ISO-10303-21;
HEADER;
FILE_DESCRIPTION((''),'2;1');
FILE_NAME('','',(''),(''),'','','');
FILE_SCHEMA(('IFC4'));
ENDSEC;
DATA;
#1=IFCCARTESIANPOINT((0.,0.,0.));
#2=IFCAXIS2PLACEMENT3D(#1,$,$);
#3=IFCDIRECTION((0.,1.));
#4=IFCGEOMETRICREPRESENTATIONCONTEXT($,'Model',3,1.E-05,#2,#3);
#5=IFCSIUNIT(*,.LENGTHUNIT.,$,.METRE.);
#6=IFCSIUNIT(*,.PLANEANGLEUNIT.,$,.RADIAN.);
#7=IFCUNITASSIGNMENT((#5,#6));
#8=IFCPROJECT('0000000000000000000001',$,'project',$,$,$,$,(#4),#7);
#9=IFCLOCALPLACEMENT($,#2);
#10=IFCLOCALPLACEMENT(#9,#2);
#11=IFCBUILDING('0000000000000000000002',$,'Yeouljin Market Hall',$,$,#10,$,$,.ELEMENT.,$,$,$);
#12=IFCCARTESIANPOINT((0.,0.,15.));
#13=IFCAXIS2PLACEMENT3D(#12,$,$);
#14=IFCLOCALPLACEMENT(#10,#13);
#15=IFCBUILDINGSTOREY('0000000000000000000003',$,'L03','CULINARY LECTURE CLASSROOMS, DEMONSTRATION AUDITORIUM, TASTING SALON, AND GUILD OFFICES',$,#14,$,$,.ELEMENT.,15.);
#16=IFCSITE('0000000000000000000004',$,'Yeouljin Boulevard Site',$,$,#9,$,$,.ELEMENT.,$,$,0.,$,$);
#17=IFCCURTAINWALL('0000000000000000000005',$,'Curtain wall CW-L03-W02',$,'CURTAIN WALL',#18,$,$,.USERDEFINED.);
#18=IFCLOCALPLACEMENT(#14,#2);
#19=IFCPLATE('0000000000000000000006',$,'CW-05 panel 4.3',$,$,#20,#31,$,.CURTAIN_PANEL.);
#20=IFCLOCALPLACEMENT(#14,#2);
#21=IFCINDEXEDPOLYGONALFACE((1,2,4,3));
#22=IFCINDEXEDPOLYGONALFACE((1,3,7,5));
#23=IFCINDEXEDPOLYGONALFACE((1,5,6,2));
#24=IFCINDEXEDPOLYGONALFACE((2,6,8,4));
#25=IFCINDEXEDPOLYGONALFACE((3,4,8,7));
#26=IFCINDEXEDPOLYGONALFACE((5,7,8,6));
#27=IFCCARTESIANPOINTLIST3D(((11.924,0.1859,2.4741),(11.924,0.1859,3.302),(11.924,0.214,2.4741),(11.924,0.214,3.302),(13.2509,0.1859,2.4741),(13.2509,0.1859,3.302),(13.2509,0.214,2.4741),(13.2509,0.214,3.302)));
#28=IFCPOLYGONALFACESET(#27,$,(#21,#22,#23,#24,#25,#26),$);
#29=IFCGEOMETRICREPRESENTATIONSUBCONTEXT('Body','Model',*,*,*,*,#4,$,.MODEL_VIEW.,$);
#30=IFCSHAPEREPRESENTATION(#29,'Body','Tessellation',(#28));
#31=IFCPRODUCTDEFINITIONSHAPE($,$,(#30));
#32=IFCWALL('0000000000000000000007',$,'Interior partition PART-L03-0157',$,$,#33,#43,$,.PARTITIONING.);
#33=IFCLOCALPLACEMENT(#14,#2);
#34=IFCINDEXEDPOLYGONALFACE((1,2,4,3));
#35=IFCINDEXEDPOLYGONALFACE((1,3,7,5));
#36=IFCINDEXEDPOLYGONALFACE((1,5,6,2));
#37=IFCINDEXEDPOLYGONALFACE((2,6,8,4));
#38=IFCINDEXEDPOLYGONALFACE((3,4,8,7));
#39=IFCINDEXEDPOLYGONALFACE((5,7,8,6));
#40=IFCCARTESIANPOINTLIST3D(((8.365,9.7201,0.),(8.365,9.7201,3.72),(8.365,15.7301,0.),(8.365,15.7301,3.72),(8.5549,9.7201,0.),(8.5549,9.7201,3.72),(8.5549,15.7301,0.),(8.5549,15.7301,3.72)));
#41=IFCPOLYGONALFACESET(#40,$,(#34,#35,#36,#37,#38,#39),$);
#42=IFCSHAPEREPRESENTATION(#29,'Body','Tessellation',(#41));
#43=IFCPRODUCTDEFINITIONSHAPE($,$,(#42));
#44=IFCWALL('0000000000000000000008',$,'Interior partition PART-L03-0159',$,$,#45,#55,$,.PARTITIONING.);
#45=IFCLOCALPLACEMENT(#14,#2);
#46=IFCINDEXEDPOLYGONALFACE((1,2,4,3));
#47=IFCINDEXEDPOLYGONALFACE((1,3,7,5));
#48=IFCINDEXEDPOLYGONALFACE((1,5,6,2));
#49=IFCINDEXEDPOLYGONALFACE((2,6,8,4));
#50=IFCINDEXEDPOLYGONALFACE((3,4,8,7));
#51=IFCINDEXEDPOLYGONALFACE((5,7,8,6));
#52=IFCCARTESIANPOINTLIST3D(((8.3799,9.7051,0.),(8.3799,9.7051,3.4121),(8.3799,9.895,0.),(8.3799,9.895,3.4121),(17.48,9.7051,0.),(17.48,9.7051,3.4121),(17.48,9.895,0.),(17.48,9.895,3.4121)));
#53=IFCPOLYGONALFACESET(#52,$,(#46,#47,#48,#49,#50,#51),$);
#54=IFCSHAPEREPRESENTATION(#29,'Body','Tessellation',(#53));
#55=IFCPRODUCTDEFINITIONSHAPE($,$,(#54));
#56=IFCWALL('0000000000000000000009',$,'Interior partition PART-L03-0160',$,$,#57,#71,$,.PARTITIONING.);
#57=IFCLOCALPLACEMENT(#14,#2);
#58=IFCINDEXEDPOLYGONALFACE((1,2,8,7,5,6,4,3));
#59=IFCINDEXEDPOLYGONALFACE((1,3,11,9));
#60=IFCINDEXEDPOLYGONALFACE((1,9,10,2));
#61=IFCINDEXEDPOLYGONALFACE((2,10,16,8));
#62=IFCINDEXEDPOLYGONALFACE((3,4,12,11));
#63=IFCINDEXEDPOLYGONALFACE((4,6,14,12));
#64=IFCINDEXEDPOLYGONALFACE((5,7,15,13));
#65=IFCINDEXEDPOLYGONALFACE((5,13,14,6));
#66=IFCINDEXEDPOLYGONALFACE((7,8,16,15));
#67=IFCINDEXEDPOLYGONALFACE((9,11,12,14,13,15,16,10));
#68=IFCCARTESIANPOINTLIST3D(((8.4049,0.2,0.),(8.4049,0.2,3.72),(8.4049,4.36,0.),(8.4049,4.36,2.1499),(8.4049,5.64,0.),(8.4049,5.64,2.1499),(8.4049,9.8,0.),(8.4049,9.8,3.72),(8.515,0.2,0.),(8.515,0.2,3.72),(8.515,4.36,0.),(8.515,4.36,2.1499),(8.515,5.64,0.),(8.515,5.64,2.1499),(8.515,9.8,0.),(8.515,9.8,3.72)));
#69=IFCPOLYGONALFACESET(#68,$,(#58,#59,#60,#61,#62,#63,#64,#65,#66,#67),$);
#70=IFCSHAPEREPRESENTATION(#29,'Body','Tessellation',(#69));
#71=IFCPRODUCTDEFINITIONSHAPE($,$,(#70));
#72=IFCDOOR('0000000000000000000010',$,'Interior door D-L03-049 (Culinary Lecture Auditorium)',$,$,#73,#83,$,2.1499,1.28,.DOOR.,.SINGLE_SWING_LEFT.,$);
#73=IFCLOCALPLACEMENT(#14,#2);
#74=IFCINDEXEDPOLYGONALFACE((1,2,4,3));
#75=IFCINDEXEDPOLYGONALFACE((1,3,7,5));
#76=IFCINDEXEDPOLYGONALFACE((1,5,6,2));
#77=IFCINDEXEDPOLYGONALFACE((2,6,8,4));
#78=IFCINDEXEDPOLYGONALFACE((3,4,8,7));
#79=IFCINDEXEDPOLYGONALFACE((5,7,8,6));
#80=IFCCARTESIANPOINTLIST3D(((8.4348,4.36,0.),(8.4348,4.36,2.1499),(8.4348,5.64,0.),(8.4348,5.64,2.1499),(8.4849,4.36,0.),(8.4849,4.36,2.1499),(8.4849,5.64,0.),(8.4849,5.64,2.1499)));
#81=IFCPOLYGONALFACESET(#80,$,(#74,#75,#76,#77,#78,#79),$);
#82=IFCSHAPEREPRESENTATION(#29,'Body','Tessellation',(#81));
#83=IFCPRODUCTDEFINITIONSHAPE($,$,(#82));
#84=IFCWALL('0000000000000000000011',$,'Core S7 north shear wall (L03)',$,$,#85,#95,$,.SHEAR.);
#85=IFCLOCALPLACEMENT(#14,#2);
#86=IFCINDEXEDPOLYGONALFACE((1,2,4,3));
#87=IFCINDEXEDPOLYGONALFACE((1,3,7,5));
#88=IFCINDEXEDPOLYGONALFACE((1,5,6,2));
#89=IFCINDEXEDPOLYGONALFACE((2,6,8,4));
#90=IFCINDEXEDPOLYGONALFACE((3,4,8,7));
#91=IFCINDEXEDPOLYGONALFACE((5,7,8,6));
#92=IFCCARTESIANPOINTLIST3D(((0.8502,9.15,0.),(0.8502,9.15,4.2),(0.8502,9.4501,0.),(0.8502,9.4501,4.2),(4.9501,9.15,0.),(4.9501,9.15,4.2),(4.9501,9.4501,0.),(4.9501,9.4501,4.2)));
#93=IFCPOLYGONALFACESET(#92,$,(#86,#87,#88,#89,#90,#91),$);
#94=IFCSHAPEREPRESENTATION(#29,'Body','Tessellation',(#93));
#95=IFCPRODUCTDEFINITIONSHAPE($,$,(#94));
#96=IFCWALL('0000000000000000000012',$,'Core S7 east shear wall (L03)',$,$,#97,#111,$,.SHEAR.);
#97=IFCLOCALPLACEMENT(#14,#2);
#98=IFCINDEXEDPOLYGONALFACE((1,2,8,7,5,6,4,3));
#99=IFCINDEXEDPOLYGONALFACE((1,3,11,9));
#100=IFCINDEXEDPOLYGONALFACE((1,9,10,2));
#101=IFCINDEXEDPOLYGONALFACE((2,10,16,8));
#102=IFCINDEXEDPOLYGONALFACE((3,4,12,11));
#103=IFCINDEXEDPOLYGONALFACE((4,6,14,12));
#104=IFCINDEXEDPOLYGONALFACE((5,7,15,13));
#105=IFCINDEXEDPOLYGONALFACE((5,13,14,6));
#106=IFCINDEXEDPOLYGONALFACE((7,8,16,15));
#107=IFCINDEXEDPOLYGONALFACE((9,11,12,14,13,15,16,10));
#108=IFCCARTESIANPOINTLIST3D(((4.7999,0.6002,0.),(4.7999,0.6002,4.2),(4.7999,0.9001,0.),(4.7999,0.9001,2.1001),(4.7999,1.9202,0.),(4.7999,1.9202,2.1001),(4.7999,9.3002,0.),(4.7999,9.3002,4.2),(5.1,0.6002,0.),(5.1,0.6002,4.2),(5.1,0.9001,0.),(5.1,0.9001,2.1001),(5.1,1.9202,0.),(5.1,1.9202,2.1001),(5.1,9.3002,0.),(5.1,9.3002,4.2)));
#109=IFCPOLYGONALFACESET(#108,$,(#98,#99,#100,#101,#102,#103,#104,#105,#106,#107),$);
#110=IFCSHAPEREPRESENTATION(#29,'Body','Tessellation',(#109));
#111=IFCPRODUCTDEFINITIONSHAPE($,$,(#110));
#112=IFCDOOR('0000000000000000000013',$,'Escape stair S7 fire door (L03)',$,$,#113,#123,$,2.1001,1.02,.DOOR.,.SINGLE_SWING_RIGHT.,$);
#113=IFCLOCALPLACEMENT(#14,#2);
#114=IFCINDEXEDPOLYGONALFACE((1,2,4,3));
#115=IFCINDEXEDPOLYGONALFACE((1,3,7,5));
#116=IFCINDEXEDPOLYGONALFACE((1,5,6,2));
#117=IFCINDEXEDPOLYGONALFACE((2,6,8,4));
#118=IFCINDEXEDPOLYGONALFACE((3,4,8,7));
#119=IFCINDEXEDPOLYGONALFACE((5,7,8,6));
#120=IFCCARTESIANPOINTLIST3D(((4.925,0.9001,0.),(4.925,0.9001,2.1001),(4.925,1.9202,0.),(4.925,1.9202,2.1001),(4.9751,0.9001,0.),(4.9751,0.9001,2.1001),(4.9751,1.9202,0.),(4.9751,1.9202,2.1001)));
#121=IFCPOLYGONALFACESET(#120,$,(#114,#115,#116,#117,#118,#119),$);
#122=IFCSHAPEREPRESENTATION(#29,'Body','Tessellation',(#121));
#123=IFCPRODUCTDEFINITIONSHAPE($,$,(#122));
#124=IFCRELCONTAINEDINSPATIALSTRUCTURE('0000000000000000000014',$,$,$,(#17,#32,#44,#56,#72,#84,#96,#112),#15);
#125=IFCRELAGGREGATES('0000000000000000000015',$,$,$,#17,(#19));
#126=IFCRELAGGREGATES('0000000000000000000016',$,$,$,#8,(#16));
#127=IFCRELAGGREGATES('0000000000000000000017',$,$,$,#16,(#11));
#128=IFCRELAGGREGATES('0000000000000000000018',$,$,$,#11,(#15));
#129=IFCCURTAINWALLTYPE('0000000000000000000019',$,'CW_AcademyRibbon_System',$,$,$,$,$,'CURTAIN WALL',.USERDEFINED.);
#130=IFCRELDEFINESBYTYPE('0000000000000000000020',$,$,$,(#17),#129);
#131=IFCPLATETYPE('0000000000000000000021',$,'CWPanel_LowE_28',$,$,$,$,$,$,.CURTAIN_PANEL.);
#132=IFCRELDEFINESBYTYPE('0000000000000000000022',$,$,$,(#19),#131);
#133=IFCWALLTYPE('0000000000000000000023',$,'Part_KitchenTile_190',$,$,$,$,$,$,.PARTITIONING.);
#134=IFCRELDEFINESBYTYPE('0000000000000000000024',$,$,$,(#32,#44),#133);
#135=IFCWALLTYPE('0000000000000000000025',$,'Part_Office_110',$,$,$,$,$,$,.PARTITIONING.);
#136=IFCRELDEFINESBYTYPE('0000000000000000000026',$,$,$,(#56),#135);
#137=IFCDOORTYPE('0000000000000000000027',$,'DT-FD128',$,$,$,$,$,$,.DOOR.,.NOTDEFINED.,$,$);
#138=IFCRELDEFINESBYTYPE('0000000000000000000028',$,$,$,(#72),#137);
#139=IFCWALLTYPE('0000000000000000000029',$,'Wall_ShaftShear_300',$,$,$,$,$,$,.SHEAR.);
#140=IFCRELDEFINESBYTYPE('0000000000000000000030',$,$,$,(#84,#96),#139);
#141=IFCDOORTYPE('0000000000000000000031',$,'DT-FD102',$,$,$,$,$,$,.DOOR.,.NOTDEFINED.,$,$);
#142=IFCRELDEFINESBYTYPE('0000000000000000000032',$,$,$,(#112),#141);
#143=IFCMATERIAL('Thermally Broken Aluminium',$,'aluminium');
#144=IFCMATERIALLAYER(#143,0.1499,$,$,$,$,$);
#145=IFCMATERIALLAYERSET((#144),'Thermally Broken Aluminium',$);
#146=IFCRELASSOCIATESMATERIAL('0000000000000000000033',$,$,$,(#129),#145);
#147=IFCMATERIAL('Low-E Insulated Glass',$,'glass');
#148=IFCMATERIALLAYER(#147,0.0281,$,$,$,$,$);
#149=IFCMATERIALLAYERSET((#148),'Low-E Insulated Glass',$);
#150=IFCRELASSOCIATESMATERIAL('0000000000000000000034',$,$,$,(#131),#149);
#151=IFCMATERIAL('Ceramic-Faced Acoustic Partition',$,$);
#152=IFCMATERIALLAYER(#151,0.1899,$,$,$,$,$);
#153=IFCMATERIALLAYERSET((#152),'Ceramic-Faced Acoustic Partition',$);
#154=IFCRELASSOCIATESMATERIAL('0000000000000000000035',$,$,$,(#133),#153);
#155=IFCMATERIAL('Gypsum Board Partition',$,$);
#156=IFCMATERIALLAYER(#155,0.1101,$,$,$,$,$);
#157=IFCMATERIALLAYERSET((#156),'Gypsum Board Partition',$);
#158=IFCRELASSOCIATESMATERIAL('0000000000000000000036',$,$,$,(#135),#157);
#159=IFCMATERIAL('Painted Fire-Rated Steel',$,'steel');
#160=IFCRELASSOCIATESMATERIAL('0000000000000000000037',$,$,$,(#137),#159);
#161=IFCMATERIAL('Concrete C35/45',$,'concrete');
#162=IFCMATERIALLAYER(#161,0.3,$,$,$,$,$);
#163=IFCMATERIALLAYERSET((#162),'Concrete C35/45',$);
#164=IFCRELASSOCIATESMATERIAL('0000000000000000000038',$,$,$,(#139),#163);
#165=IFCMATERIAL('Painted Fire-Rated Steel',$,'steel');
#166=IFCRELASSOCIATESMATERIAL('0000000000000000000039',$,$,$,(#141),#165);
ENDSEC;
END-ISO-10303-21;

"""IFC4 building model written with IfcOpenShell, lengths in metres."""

from ifc_helpers import new_model, si_unit, direction, frame, frame_2d, origin, origin_2d, place, context, subcontext, project, spatial, rectangle, extrude, material, layer, layer_set, type_object, element, fill, aggregate, save


model = new_model("IFC4")

# Units and contexts
model_context = context("Model", 3, precision=1e-05, world=origin(), true_north=direction((0.0, 1.0)))
body_context = subcontext(model_context, "Body", "Model", "MODEL_VIEW")
ifc_project = project(units=[si_unit("LENGTHUNIT", "METRE"), si_unit("PLANEANGLEUNIT", "RADIAN")], contexts=[model_context])

# Site, building, storey
site_placement = place(None, origin())
site = spatial("IfcSite", under=ifc_project, at=site_placement, Name="Yeouljin Boulevard Site", CompositionType="ELEMENT", RefElevation=0.0)
building_placement = place(site_placement, origin())
building = spatial("IfcBuilding", under=site, at=building_placement, Name="Yeouljin Market Hall", CompositionType="ELEMENT")
storey_placement = place(building_placement, frame((0.0, 0.0, 15.0)))
storey = spatial("IfcBuildingStorey", under=building, at=storey_placement, Name="L03", Description="CULINARY LECTURE CLASSROOMS, DEMONSTRATION AUDITORIUM, TASTING SALON, AND GUILD OFFICES", CompositionType="ELEMENT", Elevation=15.0)

# Curtain wall
ifc_material_1 = material(Name="Thermally Broken Aluminium", Category="aluminium")
ifc_layer_1 = layer(ifc_material_1, 0.1499)
ifc_layer_set_1 = layer_set([ifc_layer_1], Name="Thermally Broken Aluminium")
curtain_wall_type = type_object("IfcCurtainWallType", Name="CW_AcademyRibbon_System", ElementType="CURTAIN WALL", PredefinedType="USERDEFINED", material=ifc_layer_set_1)
curtain_wall_placement = place(storey_placement, origin())
curtain_wall = element("IfcCurtainWall", 1, at=curtain_wall_placement, inside=storey, type_object=curtain_wall_type, Name="Curtain wall CW-L03-W02", ObjectType="CURTAIN WALL", PredefinedType="USERDEFINED")

# Plate
ifc_material_2 = material(Name="Low-E Insulated Glass", Category="glass")
ifc_layer_2 = layer(ifc_material_2, 0.0281)
ifc_layer_set_2 = layer_set([ifc_layer_2], Name="Low-E Insulated Glass")
plate_type = type_object("IfcPlateType", Name="CWPanel_LowE_28", PredefinedType="CURTAIN_PANEL", material=ifc_layer_set_2)
plate_1_placement = place(storey_placement, frame((12.5874, 0.2, 2.4741), z_axis=(0.0, 0.0, 1.0), x_axis=(-1.0, 0.0, 0.0)))
plate_1 = element("IfcPlate", 2, at=plate_1_placement, type_object=plate_type, Name="CW-05 panel 4.3", PredefinedType="CURTAIN_PANEL", context=body_context, shape_type="SweptSolid", body=[
    extrude(rectangle(XDim=1.3269, YDim=0.0281, at=origin_2d()), origin(), (0.0, 0.0, 1.0), 0.8279),
])
aggregate(curtain_wall, [plate_1])

# Walls
ifc_material_3 = material(Name="Ceramic-Faced Acoustic Partition")
ifc_layer_3 = layer(ifc_material_3, 0.1899)
ifc_layer_set_3 = layer_set([ifc_layer_3], Name="Ceramic-Faced Acoustic Partition")
wall_type_1 = type_object("IfcWallType", Name="Part_KitchenTile_190", PredefinedType="PARTITIONING", material=ifc_layer_set_3)
wall_1_placement = place(storey_placement, frame((8.46, 15.73, 0.0), z_axis=(0.0, 0.0, 1.0), x_axis=(0.0, -1.0, 0.0)))
element("IfcWall", 3, at=wall_1_placement, inside=storey, type_object=wall_type_1, Name="Interior partition PART-L03-0157", PredefinedType="PARTITIONING", context=body_context, shape_type="SweptSolid", body=[
    extrude(rectangle(XDim=6.01, YDim=0.1899, at=frame_2d((3.0049, 0.0))), origin(), (0.0, 0.0, 1.0), 3.72),
])
wall_2_placement = place(storey_placement, frame((8.3799, 9.8, 0.0), z_axis=(0.0, 0.0, 1.0), x_axis=(1.0, 0.0, 0.0)))
element("IfcWall", 4, at=wall_2_placement, inside=storey, type_object=wall_type_1, Name="Interior partition PART-L03-0159", PredefinedType="PARTITIONING", context=body_context, shape_type="SweptSolid", body=[
    extrude(rectangle(XDim=9.1001, YDim=0.1899, at=frame_2d((4.55, 0.0))), origin(), (0.0, 0.0, 1.0), 3.4121),
])

# Wall, opening, door
ifc_material_4 = material(Name="Gypsum Board Partition")
ifc_layer_4 = layer(ifc_material_4, 0.1101)
ifc_layer_set_4 = layer_set([ifc_layer_4], Name="Gypsum Board Partition")
wall_type_2 = type_object("IfcWallType", Name="Part_Office_110", PredefinedType="PARTITIONING", material=ifc_layer_set_4)
wall_3_placement = place(storey_placement, frame((8.46, 9.8, 0.0), z_axis=(0.0, 0.0, 1.0), x_axis=(0.0, -1.0, 0.0)))
wall_3 = element("IfcWall", 5, at=wall_3_placement, inside=storey, type_object=wall_type_2, Name="Interior partition PART-L03-0160", PredefinedType="PARTITIONING", context=body_context, shape_type="SweptSolid", body=[
    extrude(rectangle(XDim=9.6001, YDim=0.1101, at=frame_2d((4.8, 0.0))), origin(), (0.0, 0.0, 1.0), 3.72),
])
opening_1_placement = place(wall_3_placement, frame((4.1599, 0.0, 0.0)))
opening_1 = element("IfcOpeningElement", 6, at=opening_1_placement, cuts=wall_3, PredefinedType="OPENING", context=body_context, shape_type="SweptSolid", body=[
    extrude(rectangle(XDim=1.28, YDim=2.1499, at=frame_2d((0.6401, 1.075))), frame((0.0, 0.0649, 0.0), z_axis=(0.0, -1.0, 0.0), x_axis=(1.0, 0.0, 0.0)), (0.0, 0.0, 1.0), 0.1301),
])
ifc_material_5 = material(Name="Painted Fire-Rated Steel", Category="steel")
door_type_1 = type_object("IfcDoorType", Name="DT-FD128", OperationType="NOTDEFINED", PredefinedType="DOOR", material=ifc_material_5)
door_1_placement = place(opening_1_placement, origin())
door_1 = element("IfcDoor", 7, at=door_1_placement, inside=storey, type_object=door_type_1, Name="Interior door D-L03-049 (Culinary Lecture Auditorium)", OperationType="SINGLE_SWING_LEFT", OverallHeight=2.1499, OverallWidth=1.28, PredefinedType="DOOR", context=body_context, shape_type="SweptSolid", body=[
    extrude(rectangle(XDim=1.28, YDim=2.1499, at=frame_2d((0.6401, 1.075))), frame((0.0, 0.0249, 0.0), z_axis=(0.0, -1.0, 0.0), x_axis=(1.0, 0.0, 0.0)), (0.0, 0.0, 1.0), 0.05),
])
fill(opening_1, door_1)

# Wall
ifc_material_6 = material(Name="Concrete C35/45", Category="concrete")
ifc_layer_5 = layer(ifc_material_6, 0.3)
ifc_layer_set_5 = layer_set([ifc_layer_5], Name="Concrete C35/45")
wall_type_3 = type_object("IfcWallType", Name="Wall_ShaftShear_300", PredefinedType="SHEAR", material=ifc_layer_set_5)
wall_4_placement = place(storey_placement, frame((4.95, 9.3, 0.0), z_axis=(0.0, 0.0, 1.0), x_axis=(-1.0, 0.0, 0.0)))
element("IfcWall", 8, at=wall_4_placement, inside=storey, type_object=wall_type_3, Name="Core S7 north shear wall (L03)", PredefinedType="SHEAR", context=body_context, shape_type="SweptSolid", body=[
    extrude(rectangle(XDim=4.0999, YDim=0.3, at=frame_2d((2.0498, 0.0))), origin(), (0.0, 0.0, 1.0), 4.2),
])

# Wall, opening, door
wall_5_placement = place(storey_placement, frame((4.95, 0.6001, 0.0), z_axis=(0.0, 0.0, 1.0), x_axis=(0.0, 1.0, 0.0)))
wall_5 = element("IfcWall", 9, at=wall_5_placement, inside=storey, type_object=wall_type_3, Name="Core S7 east shear wall (L03)", PredefinedType="SHEAR", context=body_context, shape_type="SweptSolid", body=[
    extrude(rectangle(XDim=8.7, YDim=0.3, at=frame_2d((4.3501, 0.0))), origin(), (0.0, 0.0, 1.0), 4.2),
])
opening_2_placement = place(wall_5_placement, frame((0.3, 0.0, 0.0)))
opening_2 = element("IfcOpeningElement", 10, at=opening_2_placement, cuts=wall_5, PredefinedType="OPENING", context=body_context, shape_type="SweptSolid", body=[
    extrude(rectangle(XDim=1.02, YDim=2.1001, at=frame_2d((0.51, 1.05))), frame((0.0, 0.1599, 0.0), z_axis=(0.0, -1.0, 0.0), x_axis=(1.0, 0.0, 0.0)), (0.0, 0.0, 1.0), 0.3201),
])
ifc_material_7 = material(Name="Painted Fire-Rated Steel", Category="steel")
door_type_2 = type_object("IfcDoorType", Name="DT-FD102", OperationType="NOTDEFINED", PredefinedType="DOOR", material=ifc_material_7)
door_2_placement = place(opening_2_placement, origin())
door_2 = element("IfcDoor", 11, at=door_2_placement, inside=storey, type_object=door_type_2, Name="Escape stair S7 fire door (L03)", OperationType="SINGLE_SWING_RIGHT", OverallHeight=2.1001, OverallWidth=1.02, PredefinedType="DOOR", context=body_context, shape_type="SweptSolid", body=[
    extrude(rectangle(XDim=1.02, YDim=2.1001, at=frame_2d((0.51, 1.05))), frame((0.0, 0.0249, 0.0), z_axis=(0.0, -1.0, 0.0), x_axis=(1.0, 0.0, 0.0)), (0.0, 0.0, 1.0), 0.05),
])
fill(opening_2, door_2)

save(model, "model.ifc")
